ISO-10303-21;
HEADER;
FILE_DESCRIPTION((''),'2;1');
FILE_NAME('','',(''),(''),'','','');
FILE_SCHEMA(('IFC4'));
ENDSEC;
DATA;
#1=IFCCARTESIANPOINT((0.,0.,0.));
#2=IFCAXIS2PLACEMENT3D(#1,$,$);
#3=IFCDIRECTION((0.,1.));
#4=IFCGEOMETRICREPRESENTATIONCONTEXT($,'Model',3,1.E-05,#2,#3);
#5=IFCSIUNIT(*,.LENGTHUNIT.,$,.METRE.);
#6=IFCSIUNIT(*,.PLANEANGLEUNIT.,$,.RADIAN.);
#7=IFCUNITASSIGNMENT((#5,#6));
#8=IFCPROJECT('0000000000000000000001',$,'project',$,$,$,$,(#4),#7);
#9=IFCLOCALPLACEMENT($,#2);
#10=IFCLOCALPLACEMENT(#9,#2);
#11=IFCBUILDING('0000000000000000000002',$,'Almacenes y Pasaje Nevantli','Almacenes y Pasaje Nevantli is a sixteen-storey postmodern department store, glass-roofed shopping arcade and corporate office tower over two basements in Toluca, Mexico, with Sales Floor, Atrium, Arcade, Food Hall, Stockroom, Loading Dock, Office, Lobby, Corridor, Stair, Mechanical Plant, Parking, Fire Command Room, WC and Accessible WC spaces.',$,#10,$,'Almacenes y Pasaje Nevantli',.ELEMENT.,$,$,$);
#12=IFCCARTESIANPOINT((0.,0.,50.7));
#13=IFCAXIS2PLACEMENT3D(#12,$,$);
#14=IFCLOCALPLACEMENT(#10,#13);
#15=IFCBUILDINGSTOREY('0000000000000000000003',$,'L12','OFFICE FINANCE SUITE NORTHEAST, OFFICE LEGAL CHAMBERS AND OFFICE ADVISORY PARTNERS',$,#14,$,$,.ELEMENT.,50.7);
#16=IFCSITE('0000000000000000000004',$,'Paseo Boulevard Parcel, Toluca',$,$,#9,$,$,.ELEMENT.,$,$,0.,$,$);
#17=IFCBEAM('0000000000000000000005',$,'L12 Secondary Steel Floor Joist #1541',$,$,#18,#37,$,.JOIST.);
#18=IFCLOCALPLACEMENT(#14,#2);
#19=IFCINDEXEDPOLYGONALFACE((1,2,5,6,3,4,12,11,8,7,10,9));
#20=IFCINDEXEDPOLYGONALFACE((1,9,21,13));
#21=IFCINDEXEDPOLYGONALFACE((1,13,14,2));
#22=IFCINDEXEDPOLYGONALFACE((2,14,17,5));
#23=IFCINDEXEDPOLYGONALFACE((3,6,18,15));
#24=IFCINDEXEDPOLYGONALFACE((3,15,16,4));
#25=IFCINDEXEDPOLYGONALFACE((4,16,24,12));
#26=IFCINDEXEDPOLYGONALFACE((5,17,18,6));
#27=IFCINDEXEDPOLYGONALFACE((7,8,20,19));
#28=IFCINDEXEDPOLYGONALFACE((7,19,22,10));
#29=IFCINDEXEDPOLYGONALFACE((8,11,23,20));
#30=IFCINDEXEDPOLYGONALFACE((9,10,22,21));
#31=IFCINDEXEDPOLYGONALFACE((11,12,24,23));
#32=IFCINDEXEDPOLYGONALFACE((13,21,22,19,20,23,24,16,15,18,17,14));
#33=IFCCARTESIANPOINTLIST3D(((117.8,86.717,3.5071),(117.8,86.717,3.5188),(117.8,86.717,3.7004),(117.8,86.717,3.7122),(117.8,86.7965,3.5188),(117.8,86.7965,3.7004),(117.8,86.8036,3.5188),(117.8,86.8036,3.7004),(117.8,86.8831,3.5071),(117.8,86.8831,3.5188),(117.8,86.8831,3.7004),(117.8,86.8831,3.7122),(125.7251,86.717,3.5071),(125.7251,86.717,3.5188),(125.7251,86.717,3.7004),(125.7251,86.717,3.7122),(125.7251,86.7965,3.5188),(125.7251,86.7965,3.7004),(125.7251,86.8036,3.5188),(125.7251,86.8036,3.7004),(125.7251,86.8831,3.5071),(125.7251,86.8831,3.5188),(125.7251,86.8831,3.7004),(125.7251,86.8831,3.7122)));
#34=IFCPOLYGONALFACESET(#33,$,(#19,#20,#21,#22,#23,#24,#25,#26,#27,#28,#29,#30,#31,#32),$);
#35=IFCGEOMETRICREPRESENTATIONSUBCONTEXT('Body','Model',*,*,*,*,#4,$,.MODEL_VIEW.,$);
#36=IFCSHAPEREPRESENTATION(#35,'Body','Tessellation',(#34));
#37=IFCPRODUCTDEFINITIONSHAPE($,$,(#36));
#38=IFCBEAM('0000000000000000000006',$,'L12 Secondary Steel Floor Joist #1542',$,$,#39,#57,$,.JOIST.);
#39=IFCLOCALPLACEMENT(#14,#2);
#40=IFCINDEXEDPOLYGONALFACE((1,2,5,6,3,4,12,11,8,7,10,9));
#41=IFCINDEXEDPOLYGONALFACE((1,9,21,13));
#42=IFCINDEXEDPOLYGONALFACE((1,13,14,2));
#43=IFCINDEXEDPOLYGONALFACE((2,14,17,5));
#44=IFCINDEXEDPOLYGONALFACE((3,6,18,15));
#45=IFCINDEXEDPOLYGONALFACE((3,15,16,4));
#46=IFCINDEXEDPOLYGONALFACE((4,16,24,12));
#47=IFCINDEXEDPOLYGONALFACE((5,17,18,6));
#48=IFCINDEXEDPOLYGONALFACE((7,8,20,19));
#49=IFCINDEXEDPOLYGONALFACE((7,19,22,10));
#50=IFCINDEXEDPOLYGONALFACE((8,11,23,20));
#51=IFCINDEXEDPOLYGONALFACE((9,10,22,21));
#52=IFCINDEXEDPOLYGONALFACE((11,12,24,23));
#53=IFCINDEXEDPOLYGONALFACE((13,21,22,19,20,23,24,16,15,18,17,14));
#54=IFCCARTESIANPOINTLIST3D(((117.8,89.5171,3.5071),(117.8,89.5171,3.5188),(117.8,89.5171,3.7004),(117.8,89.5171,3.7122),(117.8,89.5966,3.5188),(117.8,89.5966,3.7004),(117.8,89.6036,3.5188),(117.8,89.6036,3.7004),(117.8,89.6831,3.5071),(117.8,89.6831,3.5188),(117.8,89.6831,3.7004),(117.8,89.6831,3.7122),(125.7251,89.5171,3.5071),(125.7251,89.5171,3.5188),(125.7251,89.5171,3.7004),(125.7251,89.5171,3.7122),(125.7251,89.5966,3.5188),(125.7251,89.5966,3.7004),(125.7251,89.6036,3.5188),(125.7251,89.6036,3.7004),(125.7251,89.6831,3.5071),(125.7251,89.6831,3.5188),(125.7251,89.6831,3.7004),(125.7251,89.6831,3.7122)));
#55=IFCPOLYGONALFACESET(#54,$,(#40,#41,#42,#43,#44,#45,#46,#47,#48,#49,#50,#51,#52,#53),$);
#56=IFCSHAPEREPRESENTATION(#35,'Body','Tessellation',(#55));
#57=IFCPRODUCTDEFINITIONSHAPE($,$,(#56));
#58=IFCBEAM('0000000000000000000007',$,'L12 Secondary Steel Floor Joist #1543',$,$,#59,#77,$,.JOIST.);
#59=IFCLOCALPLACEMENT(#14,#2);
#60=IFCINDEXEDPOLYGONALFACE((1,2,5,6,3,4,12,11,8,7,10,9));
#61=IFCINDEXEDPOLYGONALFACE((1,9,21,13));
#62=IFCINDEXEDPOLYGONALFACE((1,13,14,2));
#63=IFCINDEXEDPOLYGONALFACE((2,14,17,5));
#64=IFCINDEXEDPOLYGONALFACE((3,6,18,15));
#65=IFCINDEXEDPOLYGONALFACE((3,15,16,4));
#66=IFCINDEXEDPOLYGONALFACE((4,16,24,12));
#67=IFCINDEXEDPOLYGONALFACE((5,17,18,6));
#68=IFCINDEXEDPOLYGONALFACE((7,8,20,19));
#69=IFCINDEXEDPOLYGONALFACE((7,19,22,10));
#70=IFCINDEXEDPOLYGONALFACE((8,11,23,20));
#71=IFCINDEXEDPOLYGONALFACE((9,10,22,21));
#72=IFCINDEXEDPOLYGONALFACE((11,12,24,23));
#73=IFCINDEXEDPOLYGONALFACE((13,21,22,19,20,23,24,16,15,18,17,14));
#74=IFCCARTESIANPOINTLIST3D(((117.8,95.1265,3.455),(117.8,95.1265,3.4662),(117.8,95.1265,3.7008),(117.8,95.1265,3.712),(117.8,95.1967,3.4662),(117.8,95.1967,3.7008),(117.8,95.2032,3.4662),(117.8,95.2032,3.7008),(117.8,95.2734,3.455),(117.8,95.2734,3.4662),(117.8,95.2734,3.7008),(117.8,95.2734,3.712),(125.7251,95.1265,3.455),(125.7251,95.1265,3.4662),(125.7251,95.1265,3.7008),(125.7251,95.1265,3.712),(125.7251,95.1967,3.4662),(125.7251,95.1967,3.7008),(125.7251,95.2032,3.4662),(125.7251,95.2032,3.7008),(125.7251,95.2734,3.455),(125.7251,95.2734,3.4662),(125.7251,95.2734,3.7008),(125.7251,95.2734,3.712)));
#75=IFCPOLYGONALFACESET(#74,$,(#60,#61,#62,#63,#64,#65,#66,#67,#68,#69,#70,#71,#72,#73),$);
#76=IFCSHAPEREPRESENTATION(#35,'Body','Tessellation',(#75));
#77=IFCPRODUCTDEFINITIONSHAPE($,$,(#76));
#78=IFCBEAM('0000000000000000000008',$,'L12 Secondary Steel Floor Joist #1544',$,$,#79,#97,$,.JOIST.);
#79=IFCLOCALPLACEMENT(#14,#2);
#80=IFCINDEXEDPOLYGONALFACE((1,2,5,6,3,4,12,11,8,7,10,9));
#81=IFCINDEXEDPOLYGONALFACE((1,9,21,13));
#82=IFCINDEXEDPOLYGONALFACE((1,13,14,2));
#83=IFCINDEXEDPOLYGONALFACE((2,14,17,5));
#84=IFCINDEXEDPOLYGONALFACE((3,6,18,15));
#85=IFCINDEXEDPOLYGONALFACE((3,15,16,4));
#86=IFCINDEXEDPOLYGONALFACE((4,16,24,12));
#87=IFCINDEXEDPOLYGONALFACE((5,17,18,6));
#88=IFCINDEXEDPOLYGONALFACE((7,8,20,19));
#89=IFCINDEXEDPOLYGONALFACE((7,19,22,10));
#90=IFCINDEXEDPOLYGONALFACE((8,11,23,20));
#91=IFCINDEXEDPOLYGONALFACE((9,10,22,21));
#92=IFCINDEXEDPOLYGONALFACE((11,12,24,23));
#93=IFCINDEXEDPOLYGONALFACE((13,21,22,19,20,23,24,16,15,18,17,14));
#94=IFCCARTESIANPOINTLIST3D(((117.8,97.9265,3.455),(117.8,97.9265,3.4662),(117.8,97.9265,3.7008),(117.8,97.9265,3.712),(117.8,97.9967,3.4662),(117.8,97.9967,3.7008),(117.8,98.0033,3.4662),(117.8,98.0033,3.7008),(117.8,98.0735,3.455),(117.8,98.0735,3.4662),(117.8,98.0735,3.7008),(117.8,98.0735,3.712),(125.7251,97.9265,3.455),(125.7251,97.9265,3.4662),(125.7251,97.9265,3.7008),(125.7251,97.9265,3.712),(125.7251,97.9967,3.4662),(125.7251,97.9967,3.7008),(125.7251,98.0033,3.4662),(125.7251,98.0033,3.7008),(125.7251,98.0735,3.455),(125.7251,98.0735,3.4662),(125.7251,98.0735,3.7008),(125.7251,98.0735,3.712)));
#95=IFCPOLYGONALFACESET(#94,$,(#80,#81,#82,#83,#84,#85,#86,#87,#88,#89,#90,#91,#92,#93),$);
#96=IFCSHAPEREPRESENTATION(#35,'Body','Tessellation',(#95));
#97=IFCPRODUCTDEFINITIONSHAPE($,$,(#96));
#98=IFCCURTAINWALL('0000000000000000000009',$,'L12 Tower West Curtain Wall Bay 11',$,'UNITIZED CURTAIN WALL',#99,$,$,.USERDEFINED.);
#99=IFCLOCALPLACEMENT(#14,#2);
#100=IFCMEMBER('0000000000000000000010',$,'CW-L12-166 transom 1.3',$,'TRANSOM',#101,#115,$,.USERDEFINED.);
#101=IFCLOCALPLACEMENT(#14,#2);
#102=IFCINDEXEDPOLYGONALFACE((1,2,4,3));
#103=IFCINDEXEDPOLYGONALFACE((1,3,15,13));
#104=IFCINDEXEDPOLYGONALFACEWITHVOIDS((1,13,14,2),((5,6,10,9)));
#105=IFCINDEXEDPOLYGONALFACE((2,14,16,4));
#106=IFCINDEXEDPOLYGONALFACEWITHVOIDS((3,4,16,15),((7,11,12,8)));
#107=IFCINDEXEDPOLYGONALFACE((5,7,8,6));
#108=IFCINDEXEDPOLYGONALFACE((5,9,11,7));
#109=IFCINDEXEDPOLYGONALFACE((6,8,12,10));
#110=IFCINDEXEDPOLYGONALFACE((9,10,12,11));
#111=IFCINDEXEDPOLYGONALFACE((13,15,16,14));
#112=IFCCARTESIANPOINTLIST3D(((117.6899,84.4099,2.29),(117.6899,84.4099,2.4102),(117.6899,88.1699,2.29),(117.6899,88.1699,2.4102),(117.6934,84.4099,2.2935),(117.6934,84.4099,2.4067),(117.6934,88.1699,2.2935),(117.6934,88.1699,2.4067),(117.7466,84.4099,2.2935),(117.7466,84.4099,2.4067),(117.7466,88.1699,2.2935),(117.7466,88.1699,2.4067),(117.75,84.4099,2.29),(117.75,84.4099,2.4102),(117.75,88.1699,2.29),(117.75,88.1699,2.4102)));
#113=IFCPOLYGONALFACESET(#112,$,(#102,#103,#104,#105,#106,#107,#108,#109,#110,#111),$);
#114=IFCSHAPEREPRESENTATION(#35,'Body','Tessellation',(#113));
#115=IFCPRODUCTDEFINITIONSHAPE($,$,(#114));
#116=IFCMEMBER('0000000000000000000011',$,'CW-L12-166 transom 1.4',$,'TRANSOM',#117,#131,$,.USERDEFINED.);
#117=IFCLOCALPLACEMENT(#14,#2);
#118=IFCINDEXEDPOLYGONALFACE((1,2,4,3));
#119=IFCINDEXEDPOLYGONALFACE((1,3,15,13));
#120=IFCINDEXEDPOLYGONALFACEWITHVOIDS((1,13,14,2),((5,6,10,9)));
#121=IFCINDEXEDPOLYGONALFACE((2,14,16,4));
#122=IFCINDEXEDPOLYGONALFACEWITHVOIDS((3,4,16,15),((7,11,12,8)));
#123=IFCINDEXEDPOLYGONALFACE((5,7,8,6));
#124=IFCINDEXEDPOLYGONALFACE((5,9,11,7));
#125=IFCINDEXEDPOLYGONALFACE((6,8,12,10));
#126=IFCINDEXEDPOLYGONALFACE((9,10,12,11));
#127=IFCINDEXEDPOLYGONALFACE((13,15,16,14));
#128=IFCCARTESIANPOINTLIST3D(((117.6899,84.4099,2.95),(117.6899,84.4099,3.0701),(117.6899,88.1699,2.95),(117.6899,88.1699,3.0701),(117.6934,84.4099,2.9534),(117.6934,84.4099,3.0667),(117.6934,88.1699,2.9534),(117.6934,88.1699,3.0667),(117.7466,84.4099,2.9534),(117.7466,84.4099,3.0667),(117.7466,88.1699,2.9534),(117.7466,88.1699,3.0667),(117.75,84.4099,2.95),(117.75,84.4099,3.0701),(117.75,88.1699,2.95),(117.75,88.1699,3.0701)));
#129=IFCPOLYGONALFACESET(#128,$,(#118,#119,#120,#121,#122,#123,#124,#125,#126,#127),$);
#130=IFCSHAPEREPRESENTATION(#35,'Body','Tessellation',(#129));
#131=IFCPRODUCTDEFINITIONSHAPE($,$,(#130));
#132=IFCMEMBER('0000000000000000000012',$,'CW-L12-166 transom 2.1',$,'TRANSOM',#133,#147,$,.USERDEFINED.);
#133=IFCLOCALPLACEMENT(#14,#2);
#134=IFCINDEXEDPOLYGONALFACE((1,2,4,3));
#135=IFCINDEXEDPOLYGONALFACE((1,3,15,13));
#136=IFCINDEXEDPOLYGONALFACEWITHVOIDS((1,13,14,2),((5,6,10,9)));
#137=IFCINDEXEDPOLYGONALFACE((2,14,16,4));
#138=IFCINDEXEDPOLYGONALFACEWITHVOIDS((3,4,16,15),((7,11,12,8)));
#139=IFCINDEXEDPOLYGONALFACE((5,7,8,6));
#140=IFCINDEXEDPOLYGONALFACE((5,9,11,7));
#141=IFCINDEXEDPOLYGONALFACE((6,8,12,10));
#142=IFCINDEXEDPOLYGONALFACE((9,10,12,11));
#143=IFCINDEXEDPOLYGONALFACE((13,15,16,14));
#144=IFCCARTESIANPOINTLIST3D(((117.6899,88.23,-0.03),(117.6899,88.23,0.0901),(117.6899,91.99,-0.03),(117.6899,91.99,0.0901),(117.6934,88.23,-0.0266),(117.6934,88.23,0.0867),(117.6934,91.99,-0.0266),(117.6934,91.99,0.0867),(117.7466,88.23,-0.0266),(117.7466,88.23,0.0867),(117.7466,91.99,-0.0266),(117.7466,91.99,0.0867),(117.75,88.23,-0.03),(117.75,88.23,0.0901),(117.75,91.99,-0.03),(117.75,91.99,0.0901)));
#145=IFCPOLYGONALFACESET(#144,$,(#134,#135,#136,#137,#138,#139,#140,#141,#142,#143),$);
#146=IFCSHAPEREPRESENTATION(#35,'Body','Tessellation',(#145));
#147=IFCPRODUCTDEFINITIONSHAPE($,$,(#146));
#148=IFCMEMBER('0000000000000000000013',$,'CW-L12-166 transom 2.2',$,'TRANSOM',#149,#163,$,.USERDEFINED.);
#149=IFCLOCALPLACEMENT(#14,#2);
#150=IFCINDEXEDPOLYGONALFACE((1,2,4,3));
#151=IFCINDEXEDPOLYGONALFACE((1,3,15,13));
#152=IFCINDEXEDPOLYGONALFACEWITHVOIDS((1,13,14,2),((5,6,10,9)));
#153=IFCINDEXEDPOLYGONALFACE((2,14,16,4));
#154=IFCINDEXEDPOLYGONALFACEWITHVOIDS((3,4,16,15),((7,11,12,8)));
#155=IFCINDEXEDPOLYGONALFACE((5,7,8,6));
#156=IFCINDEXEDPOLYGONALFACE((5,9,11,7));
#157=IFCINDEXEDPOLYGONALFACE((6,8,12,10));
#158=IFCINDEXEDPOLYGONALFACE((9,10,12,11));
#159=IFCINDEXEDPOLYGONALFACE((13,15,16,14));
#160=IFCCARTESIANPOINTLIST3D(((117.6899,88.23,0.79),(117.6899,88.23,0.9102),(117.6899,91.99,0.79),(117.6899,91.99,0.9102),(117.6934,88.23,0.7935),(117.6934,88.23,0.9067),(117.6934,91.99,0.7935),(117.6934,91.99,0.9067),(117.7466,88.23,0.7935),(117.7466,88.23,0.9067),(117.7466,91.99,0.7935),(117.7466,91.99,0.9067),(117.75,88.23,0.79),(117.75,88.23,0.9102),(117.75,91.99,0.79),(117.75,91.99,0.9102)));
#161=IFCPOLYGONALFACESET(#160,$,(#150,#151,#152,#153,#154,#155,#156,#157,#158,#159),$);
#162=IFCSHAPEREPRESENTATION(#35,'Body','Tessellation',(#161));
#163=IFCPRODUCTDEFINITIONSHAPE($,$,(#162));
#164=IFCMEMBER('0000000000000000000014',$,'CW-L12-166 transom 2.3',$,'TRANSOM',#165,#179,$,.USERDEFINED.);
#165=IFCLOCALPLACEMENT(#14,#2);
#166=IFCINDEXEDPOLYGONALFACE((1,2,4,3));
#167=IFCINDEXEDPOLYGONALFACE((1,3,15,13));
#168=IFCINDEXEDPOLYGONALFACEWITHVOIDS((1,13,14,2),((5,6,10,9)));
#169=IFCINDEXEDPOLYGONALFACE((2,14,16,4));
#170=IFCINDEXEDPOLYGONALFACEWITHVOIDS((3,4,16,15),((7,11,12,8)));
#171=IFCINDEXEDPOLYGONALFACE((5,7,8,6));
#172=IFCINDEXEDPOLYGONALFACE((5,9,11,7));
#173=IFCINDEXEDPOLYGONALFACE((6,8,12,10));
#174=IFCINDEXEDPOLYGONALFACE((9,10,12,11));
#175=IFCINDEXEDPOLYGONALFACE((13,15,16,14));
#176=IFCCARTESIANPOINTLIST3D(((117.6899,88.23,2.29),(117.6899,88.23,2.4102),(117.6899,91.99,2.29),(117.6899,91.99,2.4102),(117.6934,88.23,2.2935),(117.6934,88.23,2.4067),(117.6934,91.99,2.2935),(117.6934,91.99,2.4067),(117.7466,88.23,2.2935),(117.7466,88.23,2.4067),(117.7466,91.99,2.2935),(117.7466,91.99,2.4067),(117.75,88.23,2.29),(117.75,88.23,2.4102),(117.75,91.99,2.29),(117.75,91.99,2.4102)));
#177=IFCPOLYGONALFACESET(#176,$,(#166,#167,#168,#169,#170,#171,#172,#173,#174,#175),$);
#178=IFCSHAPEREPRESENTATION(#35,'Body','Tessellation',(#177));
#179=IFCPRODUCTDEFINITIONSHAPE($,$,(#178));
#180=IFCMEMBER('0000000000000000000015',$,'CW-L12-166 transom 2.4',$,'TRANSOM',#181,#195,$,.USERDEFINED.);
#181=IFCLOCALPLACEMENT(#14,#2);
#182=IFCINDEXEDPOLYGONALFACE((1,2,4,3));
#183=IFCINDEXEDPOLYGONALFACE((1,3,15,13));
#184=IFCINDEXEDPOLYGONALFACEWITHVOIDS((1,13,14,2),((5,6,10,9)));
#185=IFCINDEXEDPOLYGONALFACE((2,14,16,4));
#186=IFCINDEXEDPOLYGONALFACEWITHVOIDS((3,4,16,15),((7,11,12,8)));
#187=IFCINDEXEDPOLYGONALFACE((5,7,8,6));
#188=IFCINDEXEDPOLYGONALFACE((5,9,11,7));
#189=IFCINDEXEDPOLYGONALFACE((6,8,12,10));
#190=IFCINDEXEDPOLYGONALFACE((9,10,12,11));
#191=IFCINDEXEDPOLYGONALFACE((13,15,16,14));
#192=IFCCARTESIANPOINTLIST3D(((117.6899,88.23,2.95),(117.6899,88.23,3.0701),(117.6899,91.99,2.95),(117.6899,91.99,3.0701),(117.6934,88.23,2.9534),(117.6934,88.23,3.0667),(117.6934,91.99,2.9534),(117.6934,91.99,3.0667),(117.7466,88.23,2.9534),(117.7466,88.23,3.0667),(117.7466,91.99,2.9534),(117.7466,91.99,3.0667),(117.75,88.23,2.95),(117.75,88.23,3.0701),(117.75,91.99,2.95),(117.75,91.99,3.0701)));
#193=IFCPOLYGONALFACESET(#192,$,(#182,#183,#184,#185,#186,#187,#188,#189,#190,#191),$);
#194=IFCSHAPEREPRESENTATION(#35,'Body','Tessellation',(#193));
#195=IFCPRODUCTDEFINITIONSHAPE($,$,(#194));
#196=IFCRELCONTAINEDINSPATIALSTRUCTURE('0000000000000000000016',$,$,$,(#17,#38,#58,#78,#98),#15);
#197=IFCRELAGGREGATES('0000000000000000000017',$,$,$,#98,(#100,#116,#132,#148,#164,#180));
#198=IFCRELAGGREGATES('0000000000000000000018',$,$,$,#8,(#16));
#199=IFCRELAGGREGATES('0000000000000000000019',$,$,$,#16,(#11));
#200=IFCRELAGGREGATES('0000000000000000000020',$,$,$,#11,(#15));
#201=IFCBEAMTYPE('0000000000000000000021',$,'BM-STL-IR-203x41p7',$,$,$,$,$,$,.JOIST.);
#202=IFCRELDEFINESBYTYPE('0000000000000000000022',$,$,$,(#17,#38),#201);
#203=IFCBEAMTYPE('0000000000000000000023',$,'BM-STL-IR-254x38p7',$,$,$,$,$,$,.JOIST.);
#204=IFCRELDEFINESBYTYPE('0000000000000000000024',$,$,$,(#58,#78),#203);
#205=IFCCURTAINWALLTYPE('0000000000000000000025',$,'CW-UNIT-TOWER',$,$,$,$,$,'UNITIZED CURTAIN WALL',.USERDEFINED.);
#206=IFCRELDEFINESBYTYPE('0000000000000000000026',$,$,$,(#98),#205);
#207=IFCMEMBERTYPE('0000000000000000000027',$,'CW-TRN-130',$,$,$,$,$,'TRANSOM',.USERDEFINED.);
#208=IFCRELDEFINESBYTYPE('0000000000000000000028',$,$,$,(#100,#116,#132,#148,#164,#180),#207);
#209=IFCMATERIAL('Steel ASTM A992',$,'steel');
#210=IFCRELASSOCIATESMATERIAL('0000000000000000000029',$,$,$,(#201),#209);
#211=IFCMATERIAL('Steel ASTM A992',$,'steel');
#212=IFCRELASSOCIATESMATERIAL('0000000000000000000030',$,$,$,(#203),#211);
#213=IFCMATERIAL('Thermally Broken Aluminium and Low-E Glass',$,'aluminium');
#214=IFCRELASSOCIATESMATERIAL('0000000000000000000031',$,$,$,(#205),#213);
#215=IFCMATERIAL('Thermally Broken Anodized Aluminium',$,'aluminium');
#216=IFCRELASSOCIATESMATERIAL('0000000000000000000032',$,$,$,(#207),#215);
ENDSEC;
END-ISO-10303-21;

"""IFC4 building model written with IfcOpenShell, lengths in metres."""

from ifc_helpers import new_model, si_unit, direction, frame, origin, origin_2d, place, context, subcontext, project, spatial, hollow_rectangle, i_section, extrude, material, material_profile, profile_set, type_object, element, aggregate, save


model = new_model("IFC4")

# Units and contexts
model_context = context("Model", 3, precision=1e-05, world=origin(), true_north=direction((0.0, 1.0)))
body_context = subcontext(model_context, "Body", "Model", "MODEL_VIEW")
ifc_project = project(units=[si_unit("LENGTHUNIT", "METRE"), si_unit("PLANEANGLEUNIT", "RADIAN")], contexts=[model_context])

# Site, building, storey
site_placement = place(None, origin())
site = spatial("IfcSite", under=ifc_project, at=site_placement, Name="Paseo Boulevard Parcel, Toluca", CompositionType="ELEMENT", RefElevation=0.0)
building_placement = place(site_placement, origin())
building = spatial("IfcBuilding", under=site, at=building_placement, Name="Almacenes y Pasaje Nevantli", Description="Almacenes y Pasaje Nevantli is a sixteen-storey postmodern department store, glass-roofed shopping arcade and corporate office tower over two basements in Toluca, Mexico, with Sales Floor, Atrium, Arcade, Food Hall, Stockroom, Loading Dock, Office, Lobby, Corridor, Stair, Mechanical Plant, Parking, Fire Command Room, WC and Accessible WC spaces.", LongName="Almacenes y Pasaje Nevantli", CompositionType="ELEMENT")
storey_placement = place(building_placement, frame((0.0, 0.0, 50.7)))
storey = spatial("IfcBuildingStorey", under=building, at=storey_placement, Name="L12", Description="OFFICE FINANCE SUITE NORTHEAST, OFFICE LEGAL CHAMBERS AND OFFICE ADVISORY PARTNERS", CompositionType="ELEMENT", Elevation=50.7)

# Beams
ifc_material_1 = material(Name="Steel ASTM A992", Category="steel")
ifc_material_profile_1 = material_profile(ifc_material_1, i_section(OverallWidth=0.166, OverallDepth=0.2051, WebThickness=0.0071, FlangeThickness=0.0117, at=origin_2d()), Name="IR 203x41.7")
ifc_profile_set_1 = profile_set([ifc_material_profile_1], Name="Steel ASTM A992")
beam_type_1 = type_object("IfcBeamType", Name="BM-STL-IR-203x41p7", PredefinedType="JOIST", material=ifc_profile_set_1)
for number, where, z_axis, x_axis, name in (
    (1, (117.8, 86.8, 3.6096), (1.0, 0.0, 0.0), (0.0, 1.0, 0.0), "L12 Secondary Steel Floor Joist #1541"),
    (2, (117.8, 89.6001, 3.6096), (1.0, 0.0, 0.0), (0.0, 1.0, 0.0), "L12 Secondary Steel Floor Joist #1542"),
):
    element("IfcBeam", number, at=place(storey_placement, frame(where, z_axis=z_axis, x_axis=x_axis)), inside=storey, type_object=beam_type_1, Name=name, PredefinedType="JOIST", context=body_context, shape_type="SweptSolid", body=[
        extrude(i_section(OverallWidth=0.166, OverallDepth=0.2051, WebThickness=0.0071, FlangeThickness=0.0117, at=origin_2d()), origin(), (0.0, 0.0, 1.0), 7.925),
    ])
ifc_material_2 = material(Name="Steel ASTM A992", Category="steel")
ifc_material_profile_2 = material_profile(ifc_material_2, i_section(OverallWidth=0.147, OverallDepth=0.2571, WebThickness=0.0066, FlangeThickness=0.0112, at=origin_2d()), Name="IR 254x38.7")
ifc_profile_set_2 = profile_set([ifc_material_profile_2], Name="Steel ASTM A992")
beam_type_2 = type_object("IfcBeamType", Name="BM-STL-IR-254x38p7", PredefinedType="JOIST", material=ifc_profile_set_2)
for number, where, z_axis, x_axis, name in (
    (3, (117.8, 95.2, 3.5835), (1.0, 0.0, 0.0), (0.0, 1.0, 0.0), "L12 Secondary Steel Floor Joist #1543"),
    (4, (117.8, 98.0, 3.5835), (1.0, 0.0, 0.0), (0.0, 1.0, 0.0), "L12 Secondary Steel Floor Joist #1544"),
):
    element("IfcBeam", number, at=place(storey_placement, frame(where, z_axis=z_axis, x_axis=x_axis)), inside=storey, type_object=beam_type_2, Name=name, PredefinedType="JOIST", context=body_context, shape_type="SweptSolid", body=[
        extrude(i_section(OverallWidth=0.147, OverallDepth=0.2571, WebThickness=0.0066, FlangeThickness=0.0112, at=origin_2d()), origin(), (0.0, 0.0, 1.0), 7.925),
    ])

# Curtain wall, members
ifc_material_3 = material(Name="Thermally Broken Aluminium and Low-E Glass", Category="aluminium")
curtain_wall_type = type_object("IfcCurtainWallType", Name="CW-UNIT-TOWER", ElementType="UNITIZED CURTAIN WALL", PredefinedType="USERDEFINED", material=ifc_material_3)
curtain_wall_placement = place(storey_placement, origin())
curtain_wall = element("IfcCurtainWall", 5, at=curtain_wall_placement, inside=storey, type_object=curtain_wall_type, Name="L12 Tower West Curtain Wall Bay 11", ObjectType="UNITIZED CURTAIN WALL", PredefinedType="USERDEFINED")
ifc_material_4 = material(Name="Thermally Broken Anodized Aluminium", Category="aluminium")
ifc_material_profile_3 = material_profile(ifc_material_4, hollow_rectangle(XDim=0.0601, YDim=0.1201, WallThickness=0.0034, at=origin_2d()), Name="ALU-TRN-60x120")
ifc_profile_set_3 = profile_set([ifc_material_profile_3], Name="Thermally Broken Anodized Aluminium")
member_type = type_object("IfcMemberType", Name="CW-TRN-130", ElementType="TRANSOM", PredefinedType="USERDEFINED", material=ifc_profile_set_3)
member_1_placement = place(storey_placement, frame((117.72, 84.4099, 2.3501), z_axis=(0.0, 1.0, 0.0), x_axis=(-1.0, 0.0, 0.0)))
member_1 = element("IfcMember", 6, at=member_1_placement, type_object=member_type, Name="CW-L12-166 transom 1.3", ObjectType="TRANSOM", PredefinedType="USERDEFINED", context=body_context, shape_type="SweptSolid", body=[
    extrude(hollow_rectangle(XDim=0.0601, YDim=0.1201, WallThickness=0.0034, at=origin_2d()), origin(), (0.0, 0.0, 1.0), 3.76),
])
member_2_placement = place(storey_placement, frame((117.72, 84.4099, 3.01), z_axis=(0.0, 1.0, 0.0), x_axis=(-1.0, 0.0, 0.0)))
member_2 = element("IfcMember", 7, at=member_2_placement, type_object=member_type, Name="CW-L12-166 transom 1.4", ObjectType="TRANSOM", PredefinedType="USERDEFINED", context=body_context, shape_type="SweptSolid", body=[
    extrude(hollow_rectangle(XDim=0.0601, YDim=0.1201, WallThickness=0.0034, at=origin_2d()), origin(), (0.0, 0.0, 1.0), 3.76),
])
member_3_placement = place(storey_placement, frame((117.72, 88.23, 0.03), z_axis=(0.0, 1.0, 0.0), x_axis=(-1.0, 0.0, 0.0)))
member_3 = element("IfcMember", 8, at=member_3_placement, type_object=member_type, Name="CW-L12-166 transom 2.1", ObjectType="TRANSOM", PredefinedType="USERDEFINED", context=body_context, shape_type="SweptSolid", body=[
    extrude(hollow_rectangle(XDim=0.0601, YDim=0.1201, WallThickness=0.0034, at=origin_2d()), origin(), (0.0, 0.0, 1.0), 3.76),
])
member_4_placement = place(storey_placement, frame((117.72, 88.23, 0.8501), z_axis=(0.0, 1.0, 0.0), x_axis=(-1.0, 0.0, 0.0)))
member_4 = element("IfcMember", 9, at=member_4_placement, type_object=member_type, Name="CW-L12-166 transom 2.2", ObjectType="TRANSOM", PredefinedType="USERDEFINED", context=body_context, shape_type="SweptSolid", body=[
    extrude(hollow_rectangle(XDim=0.0601, YDim=0.1201, WallThickness=0.0034, at=origin_2d()), origin(), (0.0, 0.0, 1.0), 3.76),
])
member_5_placement = place(storey_placement, frame((117.72, 88.23, 2.3501), z_axis=(0.0, 1.0, 0.0), x_axis=(-1.0, 0.0, 0.0)))
member_5 = element("IfcMember", 10, at=member_5_placement, type_object=member_type, Name="CW-L12-166 transom 2.3", ObjectType="TRANSOM", PredefinedType="USERDEFINED", context=body_context, shape_type="SweptSolid", body=[
    extrude(hollow_rectangle(XDim=0.0601, YDim=0.1201, WallThickness=0.0034, at=origin_2d()), origin(), (0.0, 0.0, 1.0), 3.76),
])
member_6_placement = place(storey_placement, frame((117.72, 88.23, 3.01), z_axis=(0.0, 1.0, 0.0), x_axis=(-1.0, 0.0, 0.0)))
member_6 = element("IfcMember", 11, at=member_6_placement, type_object=member_type, Name="CW-L12-166 transom 2.4", ObjectType="TRANSOM", PredefinedType="USERDEFINED", context=body_context, shape_type="SweptSolid", body=[
    extrude(hollow_rectangle(XDim=0.0601, YDim=0.1201, WallThickness=0.0034, at=origin_2d()), origin(), (0.0, 0.0, 1.0), 3.76),
])
aggregate(curtain_wall, [member_1, member_2, member_3, member_4, member_5, member_6])

save(model, "model.ifc")
